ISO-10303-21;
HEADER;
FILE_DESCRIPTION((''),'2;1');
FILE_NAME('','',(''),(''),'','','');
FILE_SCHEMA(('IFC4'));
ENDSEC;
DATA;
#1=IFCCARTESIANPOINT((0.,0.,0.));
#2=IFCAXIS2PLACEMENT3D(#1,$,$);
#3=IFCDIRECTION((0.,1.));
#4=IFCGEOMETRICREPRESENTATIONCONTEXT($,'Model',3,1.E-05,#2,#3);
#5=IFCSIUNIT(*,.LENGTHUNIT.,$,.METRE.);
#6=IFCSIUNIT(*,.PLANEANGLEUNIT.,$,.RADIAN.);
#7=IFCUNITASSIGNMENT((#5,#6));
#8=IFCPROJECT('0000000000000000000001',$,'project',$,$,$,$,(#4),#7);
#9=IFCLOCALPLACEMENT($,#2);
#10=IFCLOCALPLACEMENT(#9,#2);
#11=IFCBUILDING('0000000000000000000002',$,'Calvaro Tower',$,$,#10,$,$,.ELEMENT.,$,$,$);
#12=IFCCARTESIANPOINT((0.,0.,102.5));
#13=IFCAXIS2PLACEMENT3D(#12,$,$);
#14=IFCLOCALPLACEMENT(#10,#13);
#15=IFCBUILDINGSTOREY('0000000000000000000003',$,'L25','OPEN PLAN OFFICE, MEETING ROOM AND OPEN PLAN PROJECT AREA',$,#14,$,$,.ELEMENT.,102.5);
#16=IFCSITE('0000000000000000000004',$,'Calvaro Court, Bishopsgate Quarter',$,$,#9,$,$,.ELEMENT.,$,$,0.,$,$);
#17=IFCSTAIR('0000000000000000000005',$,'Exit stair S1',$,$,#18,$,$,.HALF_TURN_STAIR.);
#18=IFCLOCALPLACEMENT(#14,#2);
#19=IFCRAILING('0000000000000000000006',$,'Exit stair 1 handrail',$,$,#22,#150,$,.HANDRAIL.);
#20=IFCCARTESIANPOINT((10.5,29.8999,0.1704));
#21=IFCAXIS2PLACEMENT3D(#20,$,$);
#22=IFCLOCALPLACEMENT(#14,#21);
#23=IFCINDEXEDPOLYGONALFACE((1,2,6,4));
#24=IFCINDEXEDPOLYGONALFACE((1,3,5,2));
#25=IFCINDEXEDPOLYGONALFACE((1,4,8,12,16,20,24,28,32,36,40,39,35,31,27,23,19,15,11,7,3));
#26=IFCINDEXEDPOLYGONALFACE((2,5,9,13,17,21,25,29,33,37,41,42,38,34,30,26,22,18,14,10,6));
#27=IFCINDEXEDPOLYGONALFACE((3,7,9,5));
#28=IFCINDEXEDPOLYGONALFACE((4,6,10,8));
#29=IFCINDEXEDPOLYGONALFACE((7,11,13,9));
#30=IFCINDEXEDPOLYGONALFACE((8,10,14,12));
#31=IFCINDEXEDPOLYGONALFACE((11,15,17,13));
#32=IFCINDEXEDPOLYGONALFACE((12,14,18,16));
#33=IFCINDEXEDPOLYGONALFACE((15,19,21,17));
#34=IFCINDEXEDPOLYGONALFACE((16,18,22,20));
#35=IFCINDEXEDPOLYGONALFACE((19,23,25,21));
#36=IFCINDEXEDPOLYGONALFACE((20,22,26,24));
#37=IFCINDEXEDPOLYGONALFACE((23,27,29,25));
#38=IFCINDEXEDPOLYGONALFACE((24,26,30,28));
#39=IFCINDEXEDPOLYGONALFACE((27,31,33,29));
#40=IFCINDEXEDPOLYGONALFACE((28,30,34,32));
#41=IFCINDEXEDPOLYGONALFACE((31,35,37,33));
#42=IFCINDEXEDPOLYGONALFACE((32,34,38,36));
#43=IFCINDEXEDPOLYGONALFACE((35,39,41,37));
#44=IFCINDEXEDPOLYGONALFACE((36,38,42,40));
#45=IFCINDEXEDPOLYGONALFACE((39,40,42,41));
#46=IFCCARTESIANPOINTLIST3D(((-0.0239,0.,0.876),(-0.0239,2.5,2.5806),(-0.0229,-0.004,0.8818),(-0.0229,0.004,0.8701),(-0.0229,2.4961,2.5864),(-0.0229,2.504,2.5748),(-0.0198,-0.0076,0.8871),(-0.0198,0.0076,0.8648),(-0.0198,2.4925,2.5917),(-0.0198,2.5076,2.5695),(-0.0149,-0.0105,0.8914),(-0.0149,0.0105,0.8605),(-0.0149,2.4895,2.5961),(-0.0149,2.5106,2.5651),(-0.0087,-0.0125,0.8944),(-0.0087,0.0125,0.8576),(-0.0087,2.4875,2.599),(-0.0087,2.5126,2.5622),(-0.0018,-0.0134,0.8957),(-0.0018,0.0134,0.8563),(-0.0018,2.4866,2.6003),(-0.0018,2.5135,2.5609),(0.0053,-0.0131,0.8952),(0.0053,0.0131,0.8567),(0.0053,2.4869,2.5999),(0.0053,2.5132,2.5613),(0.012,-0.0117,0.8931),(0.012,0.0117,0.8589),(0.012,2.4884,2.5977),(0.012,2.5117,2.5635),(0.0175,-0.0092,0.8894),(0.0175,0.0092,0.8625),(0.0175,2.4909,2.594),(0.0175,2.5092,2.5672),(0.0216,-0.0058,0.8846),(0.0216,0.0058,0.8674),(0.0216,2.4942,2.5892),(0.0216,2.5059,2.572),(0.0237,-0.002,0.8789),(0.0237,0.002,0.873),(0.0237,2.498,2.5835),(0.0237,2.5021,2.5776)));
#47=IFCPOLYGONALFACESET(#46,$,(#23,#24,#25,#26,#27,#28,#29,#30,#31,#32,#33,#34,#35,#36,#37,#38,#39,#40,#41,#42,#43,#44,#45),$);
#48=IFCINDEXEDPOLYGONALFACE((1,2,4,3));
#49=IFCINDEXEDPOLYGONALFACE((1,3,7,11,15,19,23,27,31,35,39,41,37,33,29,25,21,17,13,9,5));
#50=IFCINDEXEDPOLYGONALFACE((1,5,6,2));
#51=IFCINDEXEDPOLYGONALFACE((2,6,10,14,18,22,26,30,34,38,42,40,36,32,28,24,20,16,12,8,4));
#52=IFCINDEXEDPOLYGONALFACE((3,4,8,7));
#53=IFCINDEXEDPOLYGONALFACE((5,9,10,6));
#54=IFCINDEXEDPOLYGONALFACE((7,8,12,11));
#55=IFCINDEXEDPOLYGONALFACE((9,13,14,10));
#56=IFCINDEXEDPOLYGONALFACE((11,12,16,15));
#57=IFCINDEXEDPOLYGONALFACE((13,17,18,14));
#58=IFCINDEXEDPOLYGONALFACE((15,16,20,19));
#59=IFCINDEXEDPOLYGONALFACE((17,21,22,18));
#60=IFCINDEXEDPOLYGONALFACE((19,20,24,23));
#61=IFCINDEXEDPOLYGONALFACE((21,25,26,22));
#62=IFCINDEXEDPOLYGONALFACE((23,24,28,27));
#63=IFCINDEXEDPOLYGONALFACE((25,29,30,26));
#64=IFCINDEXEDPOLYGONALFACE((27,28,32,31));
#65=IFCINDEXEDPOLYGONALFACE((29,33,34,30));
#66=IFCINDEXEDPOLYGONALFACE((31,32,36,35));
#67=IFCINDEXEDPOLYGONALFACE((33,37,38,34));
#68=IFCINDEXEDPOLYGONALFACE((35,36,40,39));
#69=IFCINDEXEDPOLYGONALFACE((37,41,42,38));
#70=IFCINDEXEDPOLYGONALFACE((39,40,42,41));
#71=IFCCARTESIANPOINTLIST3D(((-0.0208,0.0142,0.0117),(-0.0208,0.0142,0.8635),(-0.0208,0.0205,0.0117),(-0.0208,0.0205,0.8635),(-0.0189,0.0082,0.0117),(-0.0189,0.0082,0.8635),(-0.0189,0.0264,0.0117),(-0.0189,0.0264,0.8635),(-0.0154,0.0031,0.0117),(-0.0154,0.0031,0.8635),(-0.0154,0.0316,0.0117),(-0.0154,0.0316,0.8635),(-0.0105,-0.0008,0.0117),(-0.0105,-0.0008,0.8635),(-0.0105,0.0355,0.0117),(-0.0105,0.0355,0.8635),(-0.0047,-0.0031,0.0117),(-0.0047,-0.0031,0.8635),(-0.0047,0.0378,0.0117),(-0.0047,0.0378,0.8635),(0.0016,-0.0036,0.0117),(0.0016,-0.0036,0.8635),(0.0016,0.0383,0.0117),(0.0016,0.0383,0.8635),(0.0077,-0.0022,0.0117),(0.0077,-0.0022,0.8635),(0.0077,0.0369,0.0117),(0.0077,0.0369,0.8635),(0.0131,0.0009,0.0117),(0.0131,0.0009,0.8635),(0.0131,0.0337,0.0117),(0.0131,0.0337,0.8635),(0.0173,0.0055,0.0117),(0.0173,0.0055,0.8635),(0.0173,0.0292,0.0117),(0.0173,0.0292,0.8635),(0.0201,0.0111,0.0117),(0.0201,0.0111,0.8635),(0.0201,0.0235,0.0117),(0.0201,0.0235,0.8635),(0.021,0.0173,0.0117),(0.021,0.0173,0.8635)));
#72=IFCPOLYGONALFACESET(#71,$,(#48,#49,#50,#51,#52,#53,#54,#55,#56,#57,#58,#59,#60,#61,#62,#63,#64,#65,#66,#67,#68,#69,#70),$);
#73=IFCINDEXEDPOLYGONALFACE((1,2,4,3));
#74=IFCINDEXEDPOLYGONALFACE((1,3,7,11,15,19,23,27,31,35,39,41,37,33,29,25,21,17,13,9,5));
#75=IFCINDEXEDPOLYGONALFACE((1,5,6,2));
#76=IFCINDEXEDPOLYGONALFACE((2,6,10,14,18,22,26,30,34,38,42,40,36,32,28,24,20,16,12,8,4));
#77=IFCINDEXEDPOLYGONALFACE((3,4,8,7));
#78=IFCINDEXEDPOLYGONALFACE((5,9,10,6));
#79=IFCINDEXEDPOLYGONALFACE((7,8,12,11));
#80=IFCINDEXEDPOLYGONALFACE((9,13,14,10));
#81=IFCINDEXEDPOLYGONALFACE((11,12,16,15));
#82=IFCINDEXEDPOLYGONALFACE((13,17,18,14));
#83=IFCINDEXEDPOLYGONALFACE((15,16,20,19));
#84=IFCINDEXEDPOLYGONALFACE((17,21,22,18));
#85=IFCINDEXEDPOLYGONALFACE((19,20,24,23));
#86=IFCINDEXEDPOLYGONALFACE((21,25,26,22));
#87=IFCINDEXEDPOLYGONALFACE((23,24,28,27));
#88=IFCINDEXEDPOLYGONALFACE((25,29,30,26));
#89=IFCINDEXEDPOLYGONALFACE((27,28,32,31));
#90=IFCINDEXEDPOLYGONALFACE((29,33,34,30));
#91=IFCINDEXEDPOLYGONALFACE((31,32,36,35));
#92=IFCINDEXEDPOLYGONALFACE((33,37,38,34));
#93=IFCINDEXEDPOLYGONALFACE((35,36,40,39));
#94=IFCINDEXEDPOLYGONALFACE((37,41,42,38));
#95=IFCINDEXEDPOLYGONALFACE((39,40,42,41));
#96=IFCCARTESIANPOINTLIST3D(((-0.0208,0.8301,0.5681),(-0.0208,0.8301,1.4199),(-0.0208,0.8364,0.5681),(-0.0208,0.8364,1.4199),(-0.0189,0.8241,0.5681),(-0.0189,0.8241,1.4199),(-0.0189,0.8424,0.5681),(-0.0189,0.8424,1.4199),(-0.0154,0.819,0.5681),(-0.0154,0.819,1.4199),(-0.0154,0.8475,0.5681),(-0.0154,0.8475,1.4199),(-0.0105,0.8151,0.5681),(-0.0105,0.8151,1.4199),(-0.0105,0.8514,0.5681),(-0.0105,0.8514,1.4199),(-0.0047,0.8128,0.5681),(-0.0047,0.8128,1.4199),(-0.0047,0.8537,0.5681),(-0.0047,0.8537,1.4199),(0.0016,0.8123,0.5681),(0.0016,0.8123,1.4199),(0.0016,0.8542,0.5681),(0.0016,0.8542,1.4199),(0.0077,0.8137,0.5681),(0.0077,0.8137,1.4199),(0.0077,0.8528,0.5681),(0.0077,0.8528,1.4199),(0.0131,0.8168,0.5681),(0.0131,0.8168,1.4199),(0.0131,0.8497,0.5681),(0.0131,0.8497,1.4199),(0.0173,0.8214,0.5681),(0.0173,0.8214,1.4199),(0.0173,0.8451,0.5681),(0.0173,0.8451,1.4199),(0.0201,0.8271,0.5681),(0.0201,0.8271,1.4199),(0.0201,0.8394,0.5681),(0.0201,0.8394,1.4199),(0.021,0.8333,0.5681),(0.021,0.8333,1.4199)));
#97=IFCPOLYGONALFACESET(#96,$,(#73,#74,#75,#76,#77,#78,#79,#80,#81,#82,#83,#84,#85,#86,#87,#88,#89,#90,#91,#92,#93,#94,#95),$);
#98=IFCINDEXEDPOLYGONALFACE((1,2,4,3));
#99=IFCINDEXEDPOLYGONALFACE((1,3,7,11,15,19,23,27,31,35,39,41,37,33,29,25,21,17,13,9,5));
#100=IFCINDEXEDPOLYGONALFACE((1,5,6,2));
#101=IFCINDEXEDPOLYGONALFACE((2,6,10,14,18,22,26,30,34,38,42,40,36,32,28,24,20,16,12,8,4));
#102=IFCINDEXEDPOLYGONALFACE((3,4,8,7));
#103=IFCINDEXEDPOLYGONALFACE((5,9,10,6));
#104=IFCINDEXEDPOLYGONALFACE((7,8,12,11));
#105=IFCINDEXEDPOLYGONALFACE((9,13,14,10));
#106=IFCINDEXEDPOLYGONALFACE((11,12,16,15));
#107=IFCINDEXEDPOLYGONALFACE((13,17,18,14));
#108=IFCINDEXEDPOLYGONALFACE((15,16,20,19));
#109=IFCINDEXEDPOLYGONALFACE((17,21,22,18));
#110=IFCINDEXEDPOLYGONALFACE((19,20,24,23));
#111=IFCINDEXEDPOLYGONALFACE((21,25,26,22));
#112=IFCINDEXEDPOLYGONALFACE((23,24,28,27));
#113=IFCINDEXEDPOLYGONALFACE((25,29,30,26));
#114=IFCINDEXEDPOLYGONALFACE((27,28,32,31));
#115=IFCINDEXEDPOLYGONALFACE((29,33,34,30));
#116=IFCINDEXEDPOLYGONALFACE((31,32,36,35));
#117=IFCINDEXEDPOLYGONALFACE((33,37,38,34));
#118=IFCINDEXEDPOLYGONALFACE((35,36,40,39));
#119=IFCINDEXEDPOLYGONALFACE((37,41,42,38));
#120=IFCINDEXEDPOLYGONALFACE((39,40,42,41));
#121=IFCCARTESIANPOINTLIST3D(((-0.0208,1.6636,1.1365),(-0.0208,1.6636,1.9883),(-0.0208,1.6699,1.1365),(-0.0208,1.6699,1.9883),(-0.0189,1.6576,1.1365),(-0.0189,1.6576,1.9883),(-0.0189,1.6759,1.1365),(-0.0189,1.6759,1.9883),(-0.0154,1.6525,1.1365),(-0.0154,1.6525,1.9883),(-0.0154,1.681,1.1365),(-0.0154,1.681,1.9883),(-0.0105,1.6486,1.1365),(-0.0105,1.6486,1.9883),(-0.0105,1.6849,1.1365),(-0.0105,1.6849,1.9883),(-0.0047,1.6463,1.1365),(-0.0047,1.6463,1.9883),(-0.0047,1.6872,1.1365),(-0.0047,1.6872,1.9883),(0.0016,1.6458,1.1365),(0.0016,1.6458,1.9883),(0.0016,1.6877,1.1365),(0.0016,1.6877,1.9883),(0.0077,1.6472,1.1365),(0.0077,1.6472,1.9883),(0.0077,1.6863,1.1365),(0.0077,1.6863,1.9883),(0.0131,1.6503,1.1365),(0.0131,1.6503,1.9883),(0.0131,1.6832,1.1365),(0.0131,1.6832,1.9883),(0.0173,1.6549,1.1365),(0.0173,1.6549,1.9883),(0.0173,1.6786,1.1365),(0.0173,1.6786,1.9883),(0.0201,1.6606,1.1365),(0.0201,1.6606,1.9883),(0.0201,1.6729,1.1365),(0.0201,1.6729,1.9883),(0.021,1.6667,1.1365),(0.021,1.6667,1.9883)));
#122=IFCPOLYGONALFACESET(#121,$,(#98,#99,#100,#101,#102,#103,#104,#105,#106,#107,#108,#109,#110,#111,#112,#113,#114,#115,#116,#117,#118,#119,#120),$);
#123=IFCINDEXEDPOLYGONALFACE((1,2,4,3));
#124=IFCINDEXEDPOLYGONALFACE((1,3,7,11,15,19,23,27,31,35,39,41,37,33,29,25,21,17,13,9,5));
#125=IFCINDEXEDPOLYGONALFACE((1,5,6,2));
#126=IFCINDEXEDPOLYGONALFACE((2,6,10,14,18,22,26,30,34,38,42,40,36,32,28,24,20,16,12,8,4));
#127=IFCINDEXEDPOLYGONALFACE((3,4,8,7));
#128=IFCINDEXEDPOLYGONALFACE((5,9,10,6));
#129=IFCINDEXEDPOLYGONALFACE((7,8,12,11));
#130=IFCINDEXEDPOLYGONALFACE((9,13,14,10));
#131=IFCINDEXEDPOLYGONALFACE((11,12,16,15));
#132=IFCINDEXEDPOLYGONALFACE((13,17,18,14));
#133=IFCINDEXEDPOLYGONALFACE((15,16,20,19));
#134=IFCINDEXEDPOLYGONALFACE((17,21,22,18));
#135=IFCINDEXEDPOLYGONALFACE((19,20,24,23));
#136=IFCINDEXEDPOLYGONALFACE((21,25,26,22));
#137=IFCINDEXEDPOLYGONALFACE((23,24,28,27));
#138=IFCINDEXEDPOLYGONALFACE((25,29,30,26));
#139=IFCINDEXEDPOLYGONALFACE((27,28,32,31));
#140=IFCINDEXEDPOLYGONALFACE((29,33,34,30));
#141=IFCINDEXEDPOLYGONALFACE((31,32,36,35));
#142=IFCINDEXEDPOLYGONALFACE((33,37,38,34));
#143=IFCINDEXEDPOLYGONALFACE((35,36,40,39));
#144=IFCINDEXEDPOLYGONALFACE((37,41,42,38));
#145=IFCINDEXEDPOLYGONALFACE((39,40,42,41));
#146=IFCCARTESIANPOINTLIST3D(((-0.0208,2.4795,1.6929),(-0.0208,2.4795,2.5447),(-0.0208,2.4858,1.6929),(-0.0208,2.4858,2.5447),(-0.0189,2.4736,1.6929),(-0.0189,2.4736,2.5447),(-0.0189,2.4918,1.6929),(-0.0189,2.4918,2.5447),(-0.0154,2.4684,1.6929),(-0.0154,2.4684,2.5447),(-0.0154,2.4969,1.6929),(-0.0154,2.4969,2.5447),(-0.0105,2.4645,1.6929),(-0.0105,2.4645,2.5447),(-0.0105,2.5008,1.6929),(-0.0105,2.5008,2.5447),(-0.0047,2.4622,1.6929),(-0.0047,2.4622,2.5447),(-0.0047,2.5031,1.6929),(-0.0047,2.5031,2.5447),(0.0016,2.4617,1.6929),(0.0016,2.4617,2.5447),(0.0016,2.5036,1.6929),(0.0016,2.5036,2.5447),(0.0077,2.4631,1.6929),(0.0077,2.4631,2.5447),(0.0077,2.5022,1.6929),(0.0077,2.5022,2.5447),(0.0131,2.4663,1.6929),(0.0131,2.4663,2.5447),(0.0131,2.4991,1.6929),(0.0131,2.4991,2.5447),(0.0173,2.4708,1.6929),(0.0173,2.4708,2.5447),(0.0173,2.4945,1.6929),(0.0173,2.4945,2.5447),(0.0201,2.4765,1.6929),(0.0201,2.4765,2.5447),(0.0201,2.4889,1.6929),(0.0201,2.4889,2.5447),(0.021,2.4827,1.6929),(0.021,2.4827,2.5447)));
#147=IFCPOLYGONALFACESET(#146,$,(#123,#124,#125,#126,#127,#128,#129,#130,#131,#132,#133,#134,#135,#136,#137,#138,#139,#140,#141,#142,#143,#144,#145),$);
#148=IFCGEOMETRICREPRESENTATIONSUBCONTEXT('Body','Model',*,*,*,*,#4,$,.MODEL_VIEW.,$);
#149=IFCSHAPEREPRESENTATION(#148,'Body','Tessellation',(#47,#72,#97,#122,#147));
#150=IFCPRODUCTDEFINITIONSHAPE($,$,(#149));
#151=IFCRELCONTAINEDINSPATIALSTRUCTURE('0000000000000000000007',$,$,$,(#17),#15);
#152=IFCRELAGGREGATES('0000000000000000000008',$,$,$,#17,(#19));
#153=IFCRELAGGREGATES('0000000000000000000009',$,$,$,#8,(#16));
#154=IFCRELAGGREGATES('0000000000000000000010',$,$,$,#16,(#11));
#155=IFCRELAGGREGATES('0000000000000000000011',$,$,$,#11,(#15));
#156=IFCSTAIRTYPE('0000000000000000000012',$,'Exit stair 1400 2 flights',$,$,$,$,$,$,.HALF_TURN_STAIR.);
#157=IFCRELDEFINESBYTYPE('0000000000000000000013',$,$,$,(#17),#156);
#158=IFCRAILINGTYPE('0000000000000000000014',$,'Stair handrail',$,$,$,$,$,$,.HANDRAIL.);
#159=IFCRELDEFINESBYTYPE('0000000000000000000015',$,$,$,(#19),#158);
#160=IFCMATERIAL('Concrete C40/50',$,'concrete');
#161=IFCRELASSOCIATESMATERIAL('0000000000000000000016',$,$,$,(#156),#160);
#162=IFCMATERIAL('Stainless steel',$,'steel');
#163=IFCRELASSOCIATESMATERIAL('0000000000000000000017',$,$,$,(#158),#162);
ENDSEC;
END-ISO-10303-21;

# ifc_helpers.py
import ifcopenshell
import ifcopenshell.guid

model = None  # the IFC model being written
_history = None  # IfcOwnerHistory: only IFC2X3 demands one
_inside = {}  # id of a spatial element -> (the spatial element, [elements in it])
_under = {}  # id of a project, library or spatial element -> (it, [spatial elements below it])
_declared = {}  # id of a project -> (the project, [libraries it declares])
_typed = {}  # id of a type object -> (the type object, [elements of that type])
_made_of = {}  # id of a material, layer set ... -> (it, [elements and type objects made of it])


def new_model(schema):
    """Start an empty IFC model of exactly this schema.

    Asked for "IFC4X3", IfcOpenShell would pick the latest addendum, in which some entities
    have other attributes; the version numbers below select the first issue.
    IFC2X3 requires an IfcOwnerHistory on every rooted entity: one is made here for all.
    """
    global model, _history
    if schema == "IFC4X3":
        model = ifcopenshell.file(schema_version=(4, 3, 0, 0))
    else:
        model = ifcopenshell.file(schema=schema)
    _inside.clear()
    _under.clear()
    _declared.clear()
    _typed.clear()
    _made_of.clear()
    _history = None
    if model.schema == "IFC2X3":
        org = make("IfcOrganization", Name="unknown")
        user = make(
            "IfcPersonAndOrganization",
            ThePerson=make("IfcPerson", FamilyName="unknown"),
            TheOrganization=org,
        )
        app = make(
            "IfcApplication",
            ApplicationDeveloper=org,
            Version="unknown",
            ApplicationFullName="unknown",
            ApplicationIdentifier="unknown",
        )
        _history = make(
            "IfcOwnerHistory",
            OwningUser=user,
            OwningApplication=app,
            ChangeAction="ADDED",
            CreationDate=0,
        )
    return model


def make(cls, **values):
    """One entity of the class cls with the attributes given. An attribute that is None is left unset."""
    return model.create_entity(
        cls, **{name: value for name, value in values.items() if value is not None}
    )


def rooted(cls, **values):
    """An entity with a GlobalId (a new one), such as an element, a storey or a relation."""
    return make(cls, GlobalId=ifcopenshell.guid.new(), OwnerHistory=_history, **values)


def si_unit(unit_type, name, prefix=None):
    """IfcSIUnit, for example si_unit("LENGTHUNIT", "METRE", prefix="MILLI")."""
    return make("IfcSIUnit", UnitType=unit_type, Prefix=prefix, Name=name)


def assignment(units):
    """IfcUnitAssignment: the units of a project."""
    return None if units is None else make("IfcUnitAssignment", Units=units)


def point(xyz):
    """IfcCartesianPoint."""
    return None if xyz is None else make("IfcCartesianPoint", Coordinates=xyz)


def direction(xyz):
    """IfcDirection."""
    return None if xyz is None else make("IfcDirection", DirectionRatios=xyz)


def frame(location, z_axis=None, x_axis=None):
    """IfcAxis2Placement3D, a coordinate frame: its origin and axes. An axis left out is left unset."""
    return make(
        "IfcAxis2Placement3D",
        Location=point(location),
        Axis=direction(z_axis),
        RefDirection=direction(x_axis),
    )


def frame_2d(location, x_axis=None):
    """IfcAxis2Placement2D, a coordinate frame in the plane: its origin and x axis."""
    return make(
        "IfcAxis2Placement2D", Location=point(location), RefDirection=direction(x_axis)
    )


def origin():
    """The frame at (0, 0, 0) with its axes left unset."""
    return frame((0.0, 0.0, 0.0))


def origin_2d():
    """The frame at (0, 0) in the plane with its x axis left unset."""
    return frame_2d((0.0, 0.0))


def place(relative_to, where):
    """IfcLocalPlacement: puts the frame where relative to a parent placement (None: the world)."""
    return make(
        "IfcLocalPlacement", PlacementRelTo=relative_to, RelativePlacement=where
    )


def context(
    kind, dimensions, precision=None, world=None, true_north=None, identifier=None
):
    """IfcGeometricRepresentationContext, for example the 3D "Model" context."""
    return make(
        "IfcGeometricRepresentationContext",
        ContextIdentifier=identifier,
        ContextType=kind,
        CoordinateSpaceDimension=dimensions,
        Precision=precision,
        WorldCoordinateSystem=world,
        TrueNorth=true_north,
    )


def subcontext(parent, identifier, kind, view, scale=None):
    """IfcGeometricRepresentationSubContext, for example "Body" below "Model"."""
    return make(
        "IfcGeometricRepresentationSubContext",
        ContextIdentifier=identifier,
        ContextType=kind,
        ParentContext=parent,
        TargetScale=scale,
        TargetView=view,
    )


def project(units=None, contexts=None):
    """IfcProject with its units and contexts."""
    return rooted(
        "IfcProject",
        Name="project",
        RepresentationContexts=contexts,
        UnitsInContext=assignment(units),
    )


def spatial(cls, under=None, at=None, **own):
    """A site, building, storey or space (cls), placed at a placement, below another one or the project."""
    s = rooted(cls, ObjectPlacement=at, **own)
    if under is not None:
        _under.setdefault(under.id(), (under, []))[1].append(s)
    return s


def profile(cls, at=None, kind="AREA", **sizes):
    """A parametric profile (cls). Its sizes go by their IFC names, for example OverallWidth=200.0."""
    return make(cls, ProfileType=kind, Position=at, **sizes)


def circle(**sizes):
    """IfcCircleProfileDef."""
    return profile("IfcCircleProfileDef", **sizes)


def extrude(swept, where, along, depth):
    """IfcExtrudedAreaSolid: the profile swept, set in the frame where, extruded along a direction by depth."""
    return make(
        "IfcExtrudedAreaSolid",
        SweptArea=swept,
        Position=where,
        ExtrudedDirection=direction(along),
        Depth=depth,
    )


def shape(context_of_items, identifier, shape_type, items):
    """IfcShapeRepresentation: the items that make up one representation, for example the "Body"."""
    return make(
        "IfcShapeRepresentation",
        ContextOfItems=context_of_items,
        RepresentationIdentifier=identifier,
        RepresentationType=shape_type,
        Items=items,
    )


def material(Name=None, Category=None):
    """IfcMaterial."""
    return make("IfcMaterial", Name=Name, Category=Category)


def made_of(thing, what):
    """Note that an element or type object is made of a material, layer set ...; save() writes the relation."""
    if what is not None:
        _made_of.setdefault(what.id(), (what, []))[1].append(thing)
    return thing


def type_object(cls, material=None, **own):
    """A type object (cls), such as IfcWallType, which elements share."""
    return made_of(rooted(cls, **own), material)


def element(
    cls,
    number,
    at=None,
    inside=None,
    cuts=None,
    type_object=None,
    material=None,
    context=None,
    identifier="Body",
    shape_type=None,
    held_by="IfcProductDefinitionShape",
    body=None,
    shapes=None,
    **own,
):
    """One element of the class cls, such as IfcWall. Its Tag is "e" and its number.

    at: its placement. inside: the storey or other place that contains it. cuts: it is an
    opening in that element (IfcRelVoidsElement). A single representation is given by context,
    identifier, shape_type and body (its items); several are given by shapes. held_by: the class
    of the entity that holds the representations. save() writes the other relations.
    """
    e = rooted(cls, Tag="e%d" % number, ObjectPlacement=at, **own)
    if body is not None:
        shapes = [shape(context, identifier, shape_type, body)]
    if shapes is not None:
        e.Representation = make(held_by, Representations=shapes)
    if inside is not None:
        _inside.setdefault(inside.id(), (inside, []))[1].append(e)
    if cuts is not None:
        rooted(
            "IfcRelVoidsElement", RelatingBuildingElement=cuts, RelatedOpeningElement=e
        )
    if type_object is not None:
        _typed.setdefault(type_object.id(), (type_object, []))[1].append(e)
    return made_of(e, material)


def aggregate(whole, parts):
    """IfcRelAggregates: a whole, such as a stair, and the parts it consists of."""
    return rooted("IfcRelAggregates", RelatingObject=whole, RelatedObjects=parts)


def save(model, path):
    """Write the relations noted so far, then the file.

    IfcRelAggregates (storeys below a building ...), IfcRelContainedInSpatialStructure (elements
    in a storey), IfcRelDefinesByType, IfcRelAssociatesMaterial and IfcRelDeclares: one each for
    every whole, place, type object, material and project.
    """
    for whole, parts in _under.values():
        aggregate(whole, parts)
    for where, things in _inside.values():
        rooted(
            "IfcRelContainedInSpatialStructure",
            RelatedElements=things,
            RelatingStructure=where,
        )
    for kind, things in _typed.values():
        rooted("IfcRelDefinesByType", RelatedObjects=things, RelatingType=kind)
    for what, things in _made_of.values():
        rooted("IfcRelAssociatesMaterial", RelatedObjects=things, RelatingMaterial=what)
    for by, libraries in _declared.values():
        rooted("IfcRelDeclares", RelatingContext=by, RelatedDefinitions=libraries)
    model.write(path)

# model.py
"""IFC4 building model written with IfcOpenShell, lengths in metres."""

from ifc_helpers import new_model, si_unit, direction, frame, origin, origin_2d, place, context, subcontext, project, spatial, circle, extrude, material, type_object, element, aggregate, save


model = new_model("IFC4")

# Units and contexts
model_context = context("Model", 3, precision=1e-05, world=origin(), true_north=direction((0.0, 1.0)))
body_context = subcontext(model_context, "Body", "Model", "MODEL_VIEW")
ifc_project = project(units=[si_unit("LENGTHUNIT", "METRE"), si_unit("PLANEANGLEUNIT", "RADIAN")], contexts=[model_context])

# Site, building, storey
site_placement = place(None, origin())
site = spatial("IfcSite", under=ifc_project, at=site_placement, Name="Calvaro Court, Bishopsgate Quarter", CompositionType="ELEMENT", RefElevation=0.0)
building_placement = place(site_placement, origin())
building = spatial("IfcBuilding", under=site, at=building_placement, Name="Calvaro Tower", CompositionType="ELEMENT")
storey_placement = place(building_placement, frame((0.0, 0.0, 102.5)))
storey = spatial("IfcBuildingStorey", under=building, at=storey_placement, Name="L25", Description="OPEN PLAN OFFICE, MEETING ROOM AND OPEN PLAN PROJECT AREA", CompositionType="ELEMENT", Elevation=102.5)

# Stair, railing
ifc_material_1 = material(Name="Concrete C40/50", Category="concrete")
stair_type = type_object("IfcStairType", Name="Exit stair 1400 2 flights", PredefinedType="HALF_TURN_STAIR", material=ifc_material_1)
stair_placement = place(storey_placement, origin())
stair = element("IfcStair", 1, at=stair_placement, inside=storey, type_object=stair_type, Name="Exit stair S1", PredefinedType="HALF_TURN_STAIR")
ifc_material_2 = material(Name="Stainless steel", Category="steel")
railing_type = type_object("IfcRailingType", Name="Stair handrail", PredefinedType="HANDRAIL", material=ifc_material_2)
railing_1_placement = place(storey_placement, frame((10.5, 29.8999, 0.1704)))
railing_1 = element("IfcRailing", 2, at=railing_1_placement, type_object=railing_type, Name="Exit stair 1 handrail", PredefinedType="HANDRAIL", context=body_context, shape_type="SweptSolid", body=[
    extrude(circle(Radius=0.0239, at=origin_2d()), frame((0.0, 0.0, 0.876), z_axis=(0.0, 0.826221, 0.563347), x_axis=(-1.0, 0.0, 0.0)), (0.0, 0.0, 1.0), 3.0259),
    extrude(circle(Radius=0.021, at=origin_2d()), frame((0.0, 0.0173, 0.0117)), (0.0, 0.0, 1.0), 0.8518),
    extrude(circle(Radius=0.021, at=origin_2d()), frame((0.0, 0.8333, 0.5681)), (0.0, 0.0, 1.0), 0.8518),
    extrude(circle(Radius=0.021, at=origin_2d()), frame((0.0, 1.6667, 1.1365)), (0.0, 0.0, 1.0), 0.8518),
    extrude(circle(Radius=0.021, at=origin_2d()), frame((0.0, 2.4827, 1.6929)), (0.0, 0.0, 1.0), 0.8518),
])
aggregate(stair, [railing_1])

save(model, "model.ifc")
